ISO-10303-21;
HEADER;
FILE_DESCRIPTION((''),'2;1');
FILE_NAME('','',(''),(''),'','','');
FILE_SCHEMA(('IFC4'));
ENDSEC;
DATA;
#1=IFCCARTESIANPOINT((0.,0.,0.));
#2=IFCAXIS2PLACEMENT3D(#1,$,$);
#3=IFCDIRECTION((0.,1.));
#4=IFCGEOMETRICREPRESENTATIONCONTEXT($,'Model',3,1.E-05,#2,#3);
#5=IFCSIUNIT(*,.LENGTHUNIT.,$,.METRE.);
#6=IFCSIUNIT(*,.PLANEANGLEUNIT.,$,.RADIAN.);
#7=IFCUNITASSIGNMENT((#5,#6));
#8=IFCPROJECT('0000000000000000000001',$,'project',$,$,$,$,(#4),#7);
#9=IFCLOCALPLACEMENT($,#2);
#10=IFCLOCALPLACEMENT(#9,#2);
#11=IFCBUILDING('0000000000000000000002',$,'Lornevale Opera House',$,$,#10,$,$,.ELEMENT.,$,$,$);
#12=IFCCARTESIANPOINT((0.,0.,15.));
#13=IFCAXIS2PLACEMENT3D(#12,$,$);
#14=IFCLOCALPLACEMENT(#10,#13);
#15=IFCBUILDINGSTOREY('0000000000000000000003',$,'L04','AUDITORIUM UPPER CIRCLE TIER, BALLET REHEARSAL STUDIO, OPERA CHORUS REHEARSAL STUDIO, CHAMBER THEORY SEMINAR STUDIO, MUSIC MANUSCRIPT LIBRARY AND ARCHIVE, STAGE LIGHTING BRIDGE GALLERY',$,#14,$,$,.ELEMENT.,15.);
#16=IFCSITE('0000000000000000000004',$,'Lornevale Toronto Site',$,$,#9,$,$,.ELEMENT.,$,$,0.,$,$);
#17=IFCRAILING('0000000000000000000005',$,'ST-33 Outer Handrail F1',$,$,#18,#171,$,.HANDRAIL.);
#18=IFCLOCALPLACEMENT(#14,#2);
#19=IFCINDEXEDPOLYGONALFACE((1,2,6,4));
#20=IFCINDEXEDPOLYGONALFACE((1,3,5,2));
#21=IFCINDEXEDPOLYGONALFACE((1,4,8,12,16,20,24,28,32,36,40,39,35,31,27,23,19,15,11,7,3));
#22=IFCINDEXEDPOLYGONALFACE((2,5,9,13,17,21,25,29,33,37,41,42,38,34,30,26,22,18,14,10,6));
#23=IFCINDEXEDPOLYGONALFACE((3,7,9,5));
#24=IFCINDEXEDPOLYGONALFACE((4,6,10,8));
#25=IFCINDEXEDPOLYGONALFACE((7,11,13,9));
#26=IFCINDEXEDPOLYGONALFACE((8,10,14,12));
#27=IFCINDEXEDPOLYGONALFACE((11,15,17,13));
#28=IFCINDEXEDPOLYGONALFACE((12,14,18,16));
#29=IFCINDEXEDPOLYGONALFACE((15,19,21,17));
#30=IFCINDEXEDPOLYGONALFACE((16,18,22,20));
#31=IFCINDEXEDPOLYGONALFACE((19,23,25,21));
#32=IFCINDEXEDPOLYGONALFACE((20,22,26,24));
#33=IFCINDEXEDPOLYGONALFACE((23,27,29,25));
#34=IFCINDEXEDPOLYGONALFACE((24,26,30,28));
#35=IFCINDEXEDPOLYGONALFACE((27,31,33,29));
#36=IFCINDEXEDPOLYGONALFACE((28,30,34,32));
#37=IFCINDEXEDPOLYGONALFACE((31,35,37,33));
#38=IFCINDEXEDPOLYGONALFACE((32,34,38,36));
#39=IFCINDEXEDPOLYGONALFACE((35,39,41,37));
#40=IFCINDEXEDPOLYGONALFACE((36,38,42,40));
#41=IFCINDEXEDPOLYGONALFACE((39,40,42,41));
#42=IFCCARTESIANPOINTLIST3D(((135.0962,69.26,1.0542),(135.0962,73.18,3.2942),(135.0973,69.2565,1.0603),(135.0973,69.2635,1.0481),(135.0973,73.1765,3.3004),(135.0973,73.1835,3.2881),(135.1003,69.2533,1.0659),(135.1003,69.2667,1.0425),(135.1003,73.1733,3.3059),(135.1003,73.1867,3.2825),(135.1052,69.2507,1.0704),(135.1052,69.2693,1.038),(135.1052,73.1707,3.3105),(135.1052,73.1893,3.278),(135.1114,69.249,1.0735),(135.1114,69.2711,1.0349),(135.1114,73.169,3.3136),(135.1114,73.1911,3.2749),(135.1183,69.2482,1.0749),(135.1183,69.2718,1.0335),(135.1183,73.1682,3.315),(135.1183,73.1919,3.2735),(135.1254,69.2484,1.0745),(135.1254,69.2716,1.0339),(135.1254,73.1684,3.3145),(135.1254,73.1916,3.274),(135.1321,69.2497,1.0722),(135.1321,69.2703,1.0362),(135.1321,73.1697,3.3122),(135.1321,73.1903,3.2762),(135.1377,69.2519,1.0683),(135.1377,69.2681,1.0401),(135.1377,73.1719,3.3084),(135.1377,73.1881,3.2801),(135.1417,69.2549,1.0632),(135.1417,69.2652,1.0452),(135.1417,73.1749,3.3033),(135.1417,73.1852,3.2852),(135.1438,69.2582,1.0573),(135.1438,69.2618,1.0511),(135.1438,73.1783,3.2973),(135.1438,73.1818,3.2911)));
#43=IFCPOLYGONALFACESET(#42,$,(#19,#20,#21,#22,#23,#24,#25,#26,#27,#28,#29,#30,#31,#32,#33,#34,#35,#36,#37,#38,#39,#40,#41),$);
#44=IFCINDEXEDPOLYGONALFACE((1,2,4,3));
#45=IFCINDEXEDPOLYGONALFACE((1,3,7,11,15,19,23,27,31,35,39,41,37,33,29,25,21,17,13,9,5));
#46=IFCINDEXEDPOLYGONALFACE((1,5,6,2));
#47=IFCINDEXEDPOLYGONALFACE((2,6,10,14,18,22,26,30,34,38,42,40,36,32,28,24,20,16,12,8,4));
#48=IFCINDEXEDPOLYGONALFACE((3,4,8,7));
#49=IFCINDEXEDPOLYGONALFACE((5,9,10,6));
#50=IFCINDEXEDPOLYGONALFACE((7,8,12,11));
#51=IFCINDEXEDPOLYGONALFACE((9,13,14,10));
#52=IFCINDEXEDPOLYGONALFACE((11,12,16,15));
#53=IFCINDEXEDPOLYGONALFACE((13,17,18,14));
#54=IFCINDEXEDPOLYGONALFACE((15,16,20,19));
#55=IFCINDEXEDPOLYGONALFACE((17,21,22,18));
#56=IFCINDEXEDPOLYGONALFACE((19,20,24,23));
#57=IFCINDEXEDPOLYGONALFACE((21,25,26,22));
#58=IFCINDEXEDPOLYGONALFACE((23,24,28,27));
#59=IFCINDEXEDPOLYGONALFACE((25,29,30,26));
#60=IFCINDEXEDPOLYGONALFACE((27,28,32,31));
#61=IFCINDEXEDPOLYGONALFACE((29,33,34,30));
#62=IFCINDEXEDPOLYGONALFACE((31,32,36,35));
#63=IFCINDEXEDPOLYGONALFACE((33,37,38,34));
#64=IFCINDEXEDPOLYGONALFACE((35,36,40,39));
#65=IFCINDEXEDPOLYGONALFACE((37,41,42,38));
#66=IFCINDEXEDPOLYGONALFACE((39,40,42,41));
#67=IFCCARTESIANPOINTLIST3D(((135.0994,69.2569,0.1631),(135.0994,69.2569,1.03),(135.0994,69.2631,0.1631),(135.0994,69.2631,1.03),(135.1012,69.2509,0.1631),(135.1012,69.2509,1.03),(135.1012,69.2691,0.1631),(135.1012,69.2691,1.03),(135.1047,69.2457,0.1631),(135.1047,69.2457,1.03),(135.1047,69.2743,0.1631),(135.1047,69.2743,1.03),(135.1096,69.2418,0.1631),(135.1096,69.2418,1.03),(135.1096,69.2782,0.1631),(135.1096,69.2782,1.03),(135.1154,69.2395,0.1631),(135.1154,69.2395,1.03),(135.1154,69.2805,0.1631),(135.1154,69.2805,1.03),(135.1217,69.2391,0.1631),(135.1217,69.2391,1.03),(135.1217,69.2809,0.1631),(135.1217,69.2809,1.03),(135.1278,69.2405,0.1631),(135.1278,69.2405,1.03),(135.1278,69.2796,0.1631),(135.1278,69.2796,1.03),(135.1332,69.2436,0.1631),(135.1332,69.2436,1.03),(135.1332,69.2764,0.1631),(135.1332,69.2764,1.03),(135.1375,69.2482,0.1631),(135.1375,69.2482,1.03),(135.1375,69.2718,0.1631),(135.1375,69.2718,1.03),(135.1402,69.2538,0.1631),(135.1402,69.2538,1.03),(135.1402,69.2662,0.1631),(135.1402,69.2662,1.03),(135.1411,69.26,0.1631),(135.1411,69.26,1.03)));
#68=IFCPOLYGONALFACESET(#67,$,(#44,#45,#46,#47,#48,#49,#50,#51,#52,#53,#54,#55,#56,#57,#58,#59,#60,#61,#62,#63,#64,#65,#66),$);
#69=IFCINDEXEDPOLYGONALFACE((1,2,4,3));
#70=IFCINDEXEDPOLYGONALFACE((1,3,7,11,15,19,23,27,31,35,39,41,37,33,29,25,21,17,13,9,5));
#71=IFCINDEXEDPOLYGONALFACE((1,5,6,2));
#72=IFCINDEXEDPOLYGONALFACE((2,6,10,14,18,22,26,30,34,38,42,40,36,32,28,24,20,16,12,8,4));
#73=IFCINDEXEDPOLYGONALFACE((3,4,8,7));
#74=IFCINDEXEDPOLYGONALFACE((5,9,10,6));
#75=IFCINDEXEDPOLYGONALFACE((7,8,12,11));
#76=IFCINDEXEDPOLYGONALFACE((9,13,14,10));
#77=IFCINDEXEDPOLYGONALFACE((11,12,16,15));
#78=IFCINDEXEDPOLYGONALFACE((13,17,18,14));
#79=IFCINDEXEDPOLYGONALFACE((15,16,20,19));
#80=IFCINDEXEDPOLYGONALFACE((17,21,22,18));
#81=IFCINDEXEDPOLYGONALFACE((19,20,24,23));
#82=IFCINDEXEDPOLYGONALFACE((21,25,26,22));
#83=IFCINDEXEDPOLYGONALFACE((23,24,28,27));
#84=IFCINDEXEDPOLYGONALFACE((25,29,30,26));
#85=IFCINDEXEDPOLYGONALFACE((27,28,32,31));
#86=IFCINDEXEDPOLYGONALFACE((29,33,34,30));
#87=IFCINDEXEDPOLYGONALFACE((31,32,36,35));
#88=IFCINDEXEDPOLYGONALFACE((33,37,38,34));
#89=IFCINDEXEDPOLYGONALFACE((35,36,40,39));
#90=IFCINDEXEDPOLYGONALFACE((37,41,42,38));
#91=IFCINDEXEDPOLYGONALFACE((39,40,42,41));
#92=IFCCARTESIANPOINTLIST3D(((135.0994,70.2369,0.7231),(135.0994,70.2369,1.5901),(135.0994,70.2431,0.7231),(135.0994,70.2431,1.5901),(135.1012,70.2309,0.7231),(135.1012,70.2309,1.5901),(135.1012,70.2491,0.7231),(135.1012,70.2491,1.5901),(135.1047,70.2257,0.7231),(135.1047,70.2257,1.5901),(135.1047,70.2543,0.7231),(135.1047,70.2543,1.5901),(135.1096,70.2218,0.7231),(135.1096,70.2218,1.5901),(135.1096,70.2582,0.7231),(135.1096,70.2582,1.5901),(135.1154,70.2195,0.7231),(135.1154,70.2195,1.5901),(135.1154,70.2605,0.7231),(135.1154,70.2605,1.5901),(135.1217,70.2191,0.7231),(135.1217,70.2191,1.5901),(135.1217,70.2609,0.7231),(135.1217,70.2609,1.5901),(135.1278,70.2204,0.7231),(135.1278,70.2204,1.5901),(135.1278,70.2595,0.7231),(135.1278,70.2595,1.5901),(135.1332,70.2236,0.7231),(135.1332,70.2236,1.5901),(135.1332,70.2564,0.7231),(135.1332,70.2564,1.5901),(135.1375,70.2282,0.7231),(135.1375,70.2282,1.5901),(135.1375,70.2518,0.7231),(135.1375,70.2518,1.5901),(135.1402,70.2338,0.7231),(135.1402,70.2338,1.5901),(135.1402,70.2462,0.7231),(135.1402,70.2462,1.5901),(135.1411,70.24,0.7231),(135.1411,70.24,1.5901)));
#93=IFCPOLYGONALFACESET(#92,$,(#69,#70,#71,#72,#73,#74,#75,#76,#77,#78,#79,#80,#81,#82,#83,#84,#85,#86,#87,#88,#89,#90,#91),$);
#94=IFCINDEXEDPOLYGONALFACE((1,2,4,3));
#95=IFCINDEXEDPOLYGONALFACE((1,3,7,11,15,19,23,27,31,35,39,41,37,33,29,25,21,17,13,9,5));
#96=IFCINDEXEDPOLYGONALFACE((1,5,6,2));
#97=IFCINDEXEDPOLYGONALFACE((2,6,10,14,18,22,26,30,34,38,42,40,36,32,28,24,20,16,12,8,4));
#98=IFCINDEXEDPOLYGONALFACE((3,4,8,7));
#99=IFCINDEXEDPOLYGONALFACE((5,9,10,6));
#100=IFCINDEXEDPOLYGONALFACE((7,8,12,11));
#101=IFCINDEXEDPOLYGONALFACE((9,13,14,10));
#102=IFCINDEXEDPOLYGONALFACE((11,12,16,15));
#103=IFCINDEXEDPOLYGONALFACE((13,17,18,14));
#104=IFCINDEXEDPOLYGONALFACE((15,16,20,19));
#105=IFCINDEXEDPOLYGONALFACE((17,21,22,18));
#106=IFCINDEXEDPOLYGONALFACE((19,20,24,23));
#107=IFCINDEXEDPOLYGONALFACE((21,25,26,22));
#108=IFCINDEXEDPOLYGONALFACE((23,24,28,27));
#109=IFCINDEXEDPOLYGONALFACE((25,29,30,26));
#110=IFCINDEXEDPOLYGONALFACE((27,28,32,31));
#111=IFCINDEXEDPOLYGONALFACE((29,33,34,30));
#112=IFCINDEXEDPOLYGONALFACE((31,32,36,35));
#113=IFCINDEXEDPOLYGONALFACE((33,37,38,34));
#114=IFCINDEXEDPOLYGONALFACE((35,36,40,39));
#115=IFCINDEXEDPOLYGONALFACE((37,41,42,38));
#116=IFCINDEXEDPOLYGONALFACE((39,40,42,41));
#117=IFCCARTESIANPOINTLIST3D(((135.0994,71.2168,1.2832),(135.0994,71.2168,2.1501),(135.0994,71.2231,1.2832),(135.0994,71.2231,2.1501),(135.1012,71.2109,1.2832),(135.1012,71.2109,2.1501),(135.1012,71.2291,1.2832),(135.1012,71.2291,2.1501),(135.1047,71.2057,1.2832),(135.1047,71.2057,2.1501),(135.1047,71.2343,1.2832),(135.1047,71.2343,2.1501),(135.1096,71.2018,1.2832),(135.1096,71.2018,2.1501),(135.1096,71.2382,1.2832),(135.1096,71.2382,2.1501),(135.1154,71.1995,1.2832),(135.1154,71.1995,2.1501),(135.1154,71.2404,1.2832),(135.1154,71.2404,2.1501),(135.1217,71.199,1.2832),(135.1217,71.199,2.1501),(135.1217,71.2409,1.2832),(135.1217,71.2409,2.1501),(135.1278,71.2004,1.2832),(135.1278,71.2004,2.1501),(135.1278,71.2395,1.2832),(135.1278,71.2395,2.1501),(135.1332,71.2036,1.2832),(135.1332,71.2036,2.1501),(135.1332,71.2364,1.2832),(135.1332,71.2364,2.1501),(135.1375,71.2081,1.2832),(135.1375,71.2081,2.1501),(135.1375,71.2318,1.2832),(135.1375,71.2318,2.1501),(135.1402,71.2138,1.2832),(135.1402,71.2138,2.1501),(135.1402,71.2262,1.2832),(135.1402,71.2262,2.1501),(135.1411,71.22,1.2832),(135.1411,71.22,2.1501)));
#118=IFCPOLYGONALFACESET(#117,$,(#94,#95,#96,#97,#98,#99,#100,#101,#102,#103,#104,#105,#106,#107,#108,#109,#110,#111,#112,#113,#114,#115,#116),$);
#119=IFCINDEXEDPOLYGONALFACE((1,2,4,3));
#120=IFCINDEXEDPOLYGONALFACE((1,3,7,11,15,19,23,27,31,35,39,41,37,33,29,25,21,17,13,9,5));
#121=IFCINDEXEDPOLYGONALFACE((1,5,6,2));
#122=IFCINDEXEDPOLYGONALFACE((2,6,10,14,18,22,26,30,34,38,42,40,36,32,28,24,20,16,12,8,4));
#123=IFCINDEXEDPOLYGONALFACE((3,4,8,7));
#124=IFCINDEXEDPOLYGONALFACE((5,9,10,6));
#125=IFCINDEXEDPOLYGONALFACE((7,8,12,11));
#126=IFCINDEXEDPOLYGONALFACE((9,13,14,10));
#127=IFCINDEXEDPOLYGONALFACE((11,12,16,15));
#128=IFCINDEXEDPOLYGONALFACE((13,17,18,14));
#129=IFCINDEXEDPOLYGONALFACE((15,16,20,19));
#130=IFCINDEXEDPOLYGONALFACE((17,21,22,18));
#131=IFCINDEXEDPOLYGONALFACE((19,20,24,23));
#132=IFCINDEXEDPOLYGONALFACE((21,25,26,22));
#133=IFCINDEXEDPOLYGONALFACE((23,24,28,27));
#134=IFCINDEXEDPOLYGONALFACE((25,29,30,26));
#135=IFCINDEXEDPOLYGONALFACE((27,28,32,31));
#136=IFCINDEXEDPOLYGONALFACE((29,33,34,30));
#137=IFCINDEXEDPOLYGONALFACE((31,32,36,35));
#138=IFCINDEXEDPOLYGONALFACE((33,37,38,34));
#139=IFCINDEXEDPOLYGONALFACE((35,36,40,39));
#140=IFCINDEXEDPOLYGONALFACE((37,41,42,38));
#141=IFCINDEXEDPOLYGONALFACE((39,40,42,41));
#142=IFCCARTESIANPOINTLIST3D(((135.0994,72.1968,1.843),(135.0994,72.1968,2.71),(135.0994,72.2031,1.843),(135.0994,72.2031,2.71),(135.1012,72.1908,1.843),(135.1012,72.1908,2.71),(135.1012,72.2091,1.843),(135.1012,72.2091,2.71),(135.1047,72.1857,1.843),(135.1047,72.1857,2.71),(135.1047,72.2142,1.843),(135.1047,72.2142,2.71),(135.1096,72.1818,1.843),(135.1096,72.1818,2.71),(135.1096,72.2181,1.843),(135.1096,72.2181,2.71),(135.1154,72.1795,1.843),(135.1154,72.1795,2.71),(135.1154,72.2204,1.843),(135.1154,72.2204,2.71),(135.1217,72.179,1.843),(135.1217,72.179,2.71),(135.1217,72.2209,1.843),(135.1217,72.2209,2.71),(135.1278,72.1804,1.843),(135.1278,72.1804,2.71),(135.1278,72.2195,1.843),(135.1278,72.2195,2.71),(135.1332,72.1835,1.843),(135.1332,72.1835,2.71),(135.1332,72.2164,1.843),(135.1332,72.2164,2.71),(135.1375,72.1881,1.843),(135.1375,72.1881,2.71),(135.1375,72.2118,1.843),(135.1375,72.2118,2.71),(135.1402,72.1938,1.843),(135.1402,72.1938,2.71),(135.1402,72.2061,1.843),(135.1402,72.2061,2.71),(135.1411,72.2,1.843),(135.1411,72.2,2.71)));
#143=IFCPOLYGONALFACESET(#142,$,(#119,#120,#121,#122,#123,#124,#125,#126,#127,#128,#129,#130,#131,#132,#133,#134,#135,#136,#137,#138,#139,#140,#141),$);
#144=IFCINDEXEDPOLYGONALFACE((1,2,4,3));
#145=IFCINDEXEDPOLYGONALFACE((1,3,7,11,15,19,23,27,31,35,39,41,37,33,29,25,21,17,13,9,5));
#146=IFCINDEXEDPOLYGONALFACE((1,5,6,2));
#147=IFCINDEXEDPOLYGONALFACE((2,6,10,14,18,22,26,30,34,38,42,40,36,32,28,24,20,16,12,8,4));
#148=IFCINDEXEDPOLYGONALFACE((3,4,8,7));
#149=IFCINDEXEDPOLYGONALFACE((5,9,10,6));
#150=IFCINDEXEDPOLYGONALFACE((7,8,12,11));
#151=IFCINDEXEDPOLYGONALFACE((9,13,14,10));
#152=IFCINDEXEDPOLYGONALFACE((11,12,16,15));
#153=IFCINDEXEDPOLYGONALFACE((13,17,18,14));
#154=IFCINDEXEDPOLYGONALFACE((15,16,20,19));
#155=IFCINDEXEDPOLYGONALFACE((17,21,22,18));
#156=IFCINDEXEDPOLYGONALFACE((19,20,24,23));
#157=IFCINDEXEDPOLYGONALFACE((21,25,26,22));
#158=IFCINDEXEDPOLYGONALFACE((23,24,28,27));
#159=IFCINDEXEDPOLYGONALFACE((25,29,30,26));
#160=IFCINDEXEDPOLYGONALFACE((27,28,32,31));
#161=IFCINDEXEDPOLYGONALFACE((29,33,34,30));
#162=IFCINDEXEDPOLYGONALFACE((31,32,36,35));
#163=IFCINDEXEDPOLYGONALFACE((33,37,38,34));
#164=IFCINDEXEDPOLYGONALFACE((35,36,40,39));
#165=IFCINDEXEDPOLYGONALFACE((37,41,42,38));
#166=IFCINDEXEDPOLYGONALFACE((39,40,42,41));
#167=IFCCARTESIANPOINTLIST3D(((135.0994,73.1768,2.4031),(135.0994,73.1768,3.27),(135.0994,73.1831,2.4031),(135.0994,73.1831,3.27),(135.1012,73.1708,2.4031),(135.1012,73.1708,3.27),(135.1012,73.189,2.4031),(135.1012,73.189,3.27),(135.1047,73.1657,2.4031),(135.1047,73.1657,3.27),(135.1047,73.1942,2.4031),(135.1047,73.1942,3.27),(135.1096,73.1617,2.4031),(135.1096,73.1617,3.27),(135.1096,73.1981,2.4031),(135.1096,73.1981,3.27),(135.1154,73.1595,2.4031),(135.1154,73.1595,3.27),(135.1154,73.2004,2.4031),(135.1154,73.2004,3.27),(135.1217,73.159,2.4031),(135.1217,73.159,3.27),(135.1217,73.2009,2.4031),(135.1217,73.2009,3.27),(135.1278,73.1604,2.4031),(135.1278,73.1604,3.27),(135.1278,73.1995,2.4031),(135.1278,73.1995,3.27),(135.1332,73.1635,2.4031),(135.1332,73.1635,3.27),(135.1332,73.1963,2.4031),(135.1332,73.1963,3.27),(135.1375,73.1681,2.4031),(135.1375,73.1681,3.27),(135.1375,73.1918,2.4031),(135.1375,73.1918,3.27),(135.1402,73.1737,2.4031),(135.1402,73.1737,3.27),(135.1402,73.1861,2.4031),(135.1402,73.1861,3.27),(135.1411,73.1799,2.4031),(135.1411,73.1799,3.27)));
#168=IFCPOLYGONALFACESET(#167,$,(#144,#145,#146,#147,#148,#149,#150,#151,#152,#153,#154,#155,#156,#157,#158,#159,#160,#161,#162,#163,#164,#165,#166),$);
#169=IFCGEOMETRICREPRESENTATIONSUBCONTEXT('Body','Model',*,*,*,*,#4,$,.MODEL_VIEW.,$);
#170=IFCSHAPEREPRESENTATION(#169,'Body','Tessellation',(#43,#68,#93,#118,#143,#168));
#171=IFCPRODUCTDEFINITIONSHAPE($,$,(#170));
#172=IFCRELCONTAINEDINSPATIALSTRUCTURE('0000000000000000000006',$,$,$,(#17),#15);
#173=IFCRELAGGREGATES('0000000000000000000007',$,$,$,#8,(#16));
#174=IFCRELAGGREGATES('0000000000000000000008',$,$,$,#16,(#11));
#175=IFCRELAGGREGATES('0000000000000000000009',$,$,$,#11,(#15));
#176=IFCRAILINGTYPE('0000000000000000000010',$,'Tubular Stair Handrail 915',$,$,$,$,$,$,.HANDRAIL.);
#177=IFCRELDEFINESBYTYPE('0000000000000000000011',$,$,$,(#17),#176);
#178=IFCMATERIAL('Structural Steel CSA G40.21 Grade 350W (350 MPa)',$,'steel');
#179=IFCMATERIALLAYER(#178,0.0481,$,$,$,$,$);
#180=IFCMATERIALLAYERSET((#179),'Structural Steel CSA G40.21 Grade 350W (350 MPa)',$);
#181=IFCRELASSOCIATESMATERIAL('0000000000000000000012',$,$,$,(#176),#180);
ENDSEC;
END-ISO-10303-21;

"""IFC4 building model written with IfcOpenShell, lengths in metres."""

from ifc_helpers import new_model, si_unit, direction, frame, origin, origin_2d, place, context, subcontext, project, spatial, circle, extrude, material, layer, layer_set, type_object, element, save


model = new_model("IFC4")

# Units and contexts
model_context = context("Model", 3, precision=1e-05, world=origin(), true_north=direction((0.0, 1.0)))
body_context = subcontext(model_context, "Body", "Model", "MODEL_VIEW")
ifc_project = project(units=[si_unit("LENGTHUNIT", "METRE"), si_unit("PLANEANGLEUNIT", "RADIAN")], contexts=[model_context])

# Site, building, storey
site_placement = place(None, origin())
site = spatial("IfcSite", under=ifc_project, at=site_placement, Name="Lornevale Toronto Site", CompositionType="ELEMENT", RefElevation=0.0)
building_placement = place(site_placement, origin())
building = spatial("IfcBuilding", under=site, at=building_placement, Name="Lornevale Opera House", CompositionType="ELEMENT")
storey_placement = place(building_placement, frame((0.0, 0.0, 15.0)))
storey = spatial("IfcBuildingStorey", under=building, at=storey_placement, Name="L04", Description="AUDITORIUM UPPER CIRCLE TIER, BALLET REHEARSAL STUDIO, OPERA CHORUS REHEARSAL STUDIO, CHAMBER THEORY SEMINAR STUDIO, MUSIC MANUSCRIPT LIBRARY AND ARCHIVE, STAGE LIGHTING BRIDGE GALLERY", CompositionType="ELEMENT", Elevation=15.0)

# Shared definitions
ifc_material_1 = material(Name="Structural Steel CSA G40.21 Grade 350W (350 MPa)", Category="steel")

# Railing
ifc_layer_1 = layer(ifc_material_1, 0.0481)
ifc_layer_set_1 = layer_set([ifc_layer_1], Name="Structural Steel CSA G40.21 Grade 350W (350 MPa)")
railing_type_1 = type_object("IfcRailingType", Name="Tubular Stair Handrail 915", PredefinedType="HANDRAIL", material=ifc_layer_set_1)
railing_1_placement = place(storey_placement, frame((135.1201, 69.26, 0.1631)))
element("IfcRailing", 1, at=railing_1_placement, inside=storey, type_object=railing_type_1, Name="ST-33 Outer Handrail F1", PredefinedType="HANDRAIL", context=body_context, shape_type="SweptSolid", body=[
    extrude(circle(Radius=0.0239, at=origin_2d()), frame((0.0, 0.0, 0.8911), z_axis=(0.0, 0.86824, 0.496145), x_axis=(-1.0, 0.0, 0.0)), (0.0, 0.0, 1.0), 4.5149),
    extrude(circle(Radius=0.021, at=origin_2d()), origin(), (0.0, 0.0, 1.0), 0.8669),
    extrude(circle(Radius=0.021, at=origin_2d()), frame((0.0, 0.98, 0.5601)), (0.0, 0.0, 1.0), 0.8669),
    extrude(circle(Radius=0.021, at=origin_2d()), frame((0.0, 1.96, 1.1201)), (0.0, 0.0, 1.0), 0.8669),
    extrude(circle(Radius=0.021, at=origin_2d()), frame((0.0, 2.9399, 1.6799)), (0.0, 0.0, 1.0), 0.8669),
    extrude(circle(Radius=0.021, at=origin_2d()), frame((0.0, 3.9199, 2.24)), (0.0, 0.0, 1.0), 0.8669),
])

save(model, "model.ifc")
